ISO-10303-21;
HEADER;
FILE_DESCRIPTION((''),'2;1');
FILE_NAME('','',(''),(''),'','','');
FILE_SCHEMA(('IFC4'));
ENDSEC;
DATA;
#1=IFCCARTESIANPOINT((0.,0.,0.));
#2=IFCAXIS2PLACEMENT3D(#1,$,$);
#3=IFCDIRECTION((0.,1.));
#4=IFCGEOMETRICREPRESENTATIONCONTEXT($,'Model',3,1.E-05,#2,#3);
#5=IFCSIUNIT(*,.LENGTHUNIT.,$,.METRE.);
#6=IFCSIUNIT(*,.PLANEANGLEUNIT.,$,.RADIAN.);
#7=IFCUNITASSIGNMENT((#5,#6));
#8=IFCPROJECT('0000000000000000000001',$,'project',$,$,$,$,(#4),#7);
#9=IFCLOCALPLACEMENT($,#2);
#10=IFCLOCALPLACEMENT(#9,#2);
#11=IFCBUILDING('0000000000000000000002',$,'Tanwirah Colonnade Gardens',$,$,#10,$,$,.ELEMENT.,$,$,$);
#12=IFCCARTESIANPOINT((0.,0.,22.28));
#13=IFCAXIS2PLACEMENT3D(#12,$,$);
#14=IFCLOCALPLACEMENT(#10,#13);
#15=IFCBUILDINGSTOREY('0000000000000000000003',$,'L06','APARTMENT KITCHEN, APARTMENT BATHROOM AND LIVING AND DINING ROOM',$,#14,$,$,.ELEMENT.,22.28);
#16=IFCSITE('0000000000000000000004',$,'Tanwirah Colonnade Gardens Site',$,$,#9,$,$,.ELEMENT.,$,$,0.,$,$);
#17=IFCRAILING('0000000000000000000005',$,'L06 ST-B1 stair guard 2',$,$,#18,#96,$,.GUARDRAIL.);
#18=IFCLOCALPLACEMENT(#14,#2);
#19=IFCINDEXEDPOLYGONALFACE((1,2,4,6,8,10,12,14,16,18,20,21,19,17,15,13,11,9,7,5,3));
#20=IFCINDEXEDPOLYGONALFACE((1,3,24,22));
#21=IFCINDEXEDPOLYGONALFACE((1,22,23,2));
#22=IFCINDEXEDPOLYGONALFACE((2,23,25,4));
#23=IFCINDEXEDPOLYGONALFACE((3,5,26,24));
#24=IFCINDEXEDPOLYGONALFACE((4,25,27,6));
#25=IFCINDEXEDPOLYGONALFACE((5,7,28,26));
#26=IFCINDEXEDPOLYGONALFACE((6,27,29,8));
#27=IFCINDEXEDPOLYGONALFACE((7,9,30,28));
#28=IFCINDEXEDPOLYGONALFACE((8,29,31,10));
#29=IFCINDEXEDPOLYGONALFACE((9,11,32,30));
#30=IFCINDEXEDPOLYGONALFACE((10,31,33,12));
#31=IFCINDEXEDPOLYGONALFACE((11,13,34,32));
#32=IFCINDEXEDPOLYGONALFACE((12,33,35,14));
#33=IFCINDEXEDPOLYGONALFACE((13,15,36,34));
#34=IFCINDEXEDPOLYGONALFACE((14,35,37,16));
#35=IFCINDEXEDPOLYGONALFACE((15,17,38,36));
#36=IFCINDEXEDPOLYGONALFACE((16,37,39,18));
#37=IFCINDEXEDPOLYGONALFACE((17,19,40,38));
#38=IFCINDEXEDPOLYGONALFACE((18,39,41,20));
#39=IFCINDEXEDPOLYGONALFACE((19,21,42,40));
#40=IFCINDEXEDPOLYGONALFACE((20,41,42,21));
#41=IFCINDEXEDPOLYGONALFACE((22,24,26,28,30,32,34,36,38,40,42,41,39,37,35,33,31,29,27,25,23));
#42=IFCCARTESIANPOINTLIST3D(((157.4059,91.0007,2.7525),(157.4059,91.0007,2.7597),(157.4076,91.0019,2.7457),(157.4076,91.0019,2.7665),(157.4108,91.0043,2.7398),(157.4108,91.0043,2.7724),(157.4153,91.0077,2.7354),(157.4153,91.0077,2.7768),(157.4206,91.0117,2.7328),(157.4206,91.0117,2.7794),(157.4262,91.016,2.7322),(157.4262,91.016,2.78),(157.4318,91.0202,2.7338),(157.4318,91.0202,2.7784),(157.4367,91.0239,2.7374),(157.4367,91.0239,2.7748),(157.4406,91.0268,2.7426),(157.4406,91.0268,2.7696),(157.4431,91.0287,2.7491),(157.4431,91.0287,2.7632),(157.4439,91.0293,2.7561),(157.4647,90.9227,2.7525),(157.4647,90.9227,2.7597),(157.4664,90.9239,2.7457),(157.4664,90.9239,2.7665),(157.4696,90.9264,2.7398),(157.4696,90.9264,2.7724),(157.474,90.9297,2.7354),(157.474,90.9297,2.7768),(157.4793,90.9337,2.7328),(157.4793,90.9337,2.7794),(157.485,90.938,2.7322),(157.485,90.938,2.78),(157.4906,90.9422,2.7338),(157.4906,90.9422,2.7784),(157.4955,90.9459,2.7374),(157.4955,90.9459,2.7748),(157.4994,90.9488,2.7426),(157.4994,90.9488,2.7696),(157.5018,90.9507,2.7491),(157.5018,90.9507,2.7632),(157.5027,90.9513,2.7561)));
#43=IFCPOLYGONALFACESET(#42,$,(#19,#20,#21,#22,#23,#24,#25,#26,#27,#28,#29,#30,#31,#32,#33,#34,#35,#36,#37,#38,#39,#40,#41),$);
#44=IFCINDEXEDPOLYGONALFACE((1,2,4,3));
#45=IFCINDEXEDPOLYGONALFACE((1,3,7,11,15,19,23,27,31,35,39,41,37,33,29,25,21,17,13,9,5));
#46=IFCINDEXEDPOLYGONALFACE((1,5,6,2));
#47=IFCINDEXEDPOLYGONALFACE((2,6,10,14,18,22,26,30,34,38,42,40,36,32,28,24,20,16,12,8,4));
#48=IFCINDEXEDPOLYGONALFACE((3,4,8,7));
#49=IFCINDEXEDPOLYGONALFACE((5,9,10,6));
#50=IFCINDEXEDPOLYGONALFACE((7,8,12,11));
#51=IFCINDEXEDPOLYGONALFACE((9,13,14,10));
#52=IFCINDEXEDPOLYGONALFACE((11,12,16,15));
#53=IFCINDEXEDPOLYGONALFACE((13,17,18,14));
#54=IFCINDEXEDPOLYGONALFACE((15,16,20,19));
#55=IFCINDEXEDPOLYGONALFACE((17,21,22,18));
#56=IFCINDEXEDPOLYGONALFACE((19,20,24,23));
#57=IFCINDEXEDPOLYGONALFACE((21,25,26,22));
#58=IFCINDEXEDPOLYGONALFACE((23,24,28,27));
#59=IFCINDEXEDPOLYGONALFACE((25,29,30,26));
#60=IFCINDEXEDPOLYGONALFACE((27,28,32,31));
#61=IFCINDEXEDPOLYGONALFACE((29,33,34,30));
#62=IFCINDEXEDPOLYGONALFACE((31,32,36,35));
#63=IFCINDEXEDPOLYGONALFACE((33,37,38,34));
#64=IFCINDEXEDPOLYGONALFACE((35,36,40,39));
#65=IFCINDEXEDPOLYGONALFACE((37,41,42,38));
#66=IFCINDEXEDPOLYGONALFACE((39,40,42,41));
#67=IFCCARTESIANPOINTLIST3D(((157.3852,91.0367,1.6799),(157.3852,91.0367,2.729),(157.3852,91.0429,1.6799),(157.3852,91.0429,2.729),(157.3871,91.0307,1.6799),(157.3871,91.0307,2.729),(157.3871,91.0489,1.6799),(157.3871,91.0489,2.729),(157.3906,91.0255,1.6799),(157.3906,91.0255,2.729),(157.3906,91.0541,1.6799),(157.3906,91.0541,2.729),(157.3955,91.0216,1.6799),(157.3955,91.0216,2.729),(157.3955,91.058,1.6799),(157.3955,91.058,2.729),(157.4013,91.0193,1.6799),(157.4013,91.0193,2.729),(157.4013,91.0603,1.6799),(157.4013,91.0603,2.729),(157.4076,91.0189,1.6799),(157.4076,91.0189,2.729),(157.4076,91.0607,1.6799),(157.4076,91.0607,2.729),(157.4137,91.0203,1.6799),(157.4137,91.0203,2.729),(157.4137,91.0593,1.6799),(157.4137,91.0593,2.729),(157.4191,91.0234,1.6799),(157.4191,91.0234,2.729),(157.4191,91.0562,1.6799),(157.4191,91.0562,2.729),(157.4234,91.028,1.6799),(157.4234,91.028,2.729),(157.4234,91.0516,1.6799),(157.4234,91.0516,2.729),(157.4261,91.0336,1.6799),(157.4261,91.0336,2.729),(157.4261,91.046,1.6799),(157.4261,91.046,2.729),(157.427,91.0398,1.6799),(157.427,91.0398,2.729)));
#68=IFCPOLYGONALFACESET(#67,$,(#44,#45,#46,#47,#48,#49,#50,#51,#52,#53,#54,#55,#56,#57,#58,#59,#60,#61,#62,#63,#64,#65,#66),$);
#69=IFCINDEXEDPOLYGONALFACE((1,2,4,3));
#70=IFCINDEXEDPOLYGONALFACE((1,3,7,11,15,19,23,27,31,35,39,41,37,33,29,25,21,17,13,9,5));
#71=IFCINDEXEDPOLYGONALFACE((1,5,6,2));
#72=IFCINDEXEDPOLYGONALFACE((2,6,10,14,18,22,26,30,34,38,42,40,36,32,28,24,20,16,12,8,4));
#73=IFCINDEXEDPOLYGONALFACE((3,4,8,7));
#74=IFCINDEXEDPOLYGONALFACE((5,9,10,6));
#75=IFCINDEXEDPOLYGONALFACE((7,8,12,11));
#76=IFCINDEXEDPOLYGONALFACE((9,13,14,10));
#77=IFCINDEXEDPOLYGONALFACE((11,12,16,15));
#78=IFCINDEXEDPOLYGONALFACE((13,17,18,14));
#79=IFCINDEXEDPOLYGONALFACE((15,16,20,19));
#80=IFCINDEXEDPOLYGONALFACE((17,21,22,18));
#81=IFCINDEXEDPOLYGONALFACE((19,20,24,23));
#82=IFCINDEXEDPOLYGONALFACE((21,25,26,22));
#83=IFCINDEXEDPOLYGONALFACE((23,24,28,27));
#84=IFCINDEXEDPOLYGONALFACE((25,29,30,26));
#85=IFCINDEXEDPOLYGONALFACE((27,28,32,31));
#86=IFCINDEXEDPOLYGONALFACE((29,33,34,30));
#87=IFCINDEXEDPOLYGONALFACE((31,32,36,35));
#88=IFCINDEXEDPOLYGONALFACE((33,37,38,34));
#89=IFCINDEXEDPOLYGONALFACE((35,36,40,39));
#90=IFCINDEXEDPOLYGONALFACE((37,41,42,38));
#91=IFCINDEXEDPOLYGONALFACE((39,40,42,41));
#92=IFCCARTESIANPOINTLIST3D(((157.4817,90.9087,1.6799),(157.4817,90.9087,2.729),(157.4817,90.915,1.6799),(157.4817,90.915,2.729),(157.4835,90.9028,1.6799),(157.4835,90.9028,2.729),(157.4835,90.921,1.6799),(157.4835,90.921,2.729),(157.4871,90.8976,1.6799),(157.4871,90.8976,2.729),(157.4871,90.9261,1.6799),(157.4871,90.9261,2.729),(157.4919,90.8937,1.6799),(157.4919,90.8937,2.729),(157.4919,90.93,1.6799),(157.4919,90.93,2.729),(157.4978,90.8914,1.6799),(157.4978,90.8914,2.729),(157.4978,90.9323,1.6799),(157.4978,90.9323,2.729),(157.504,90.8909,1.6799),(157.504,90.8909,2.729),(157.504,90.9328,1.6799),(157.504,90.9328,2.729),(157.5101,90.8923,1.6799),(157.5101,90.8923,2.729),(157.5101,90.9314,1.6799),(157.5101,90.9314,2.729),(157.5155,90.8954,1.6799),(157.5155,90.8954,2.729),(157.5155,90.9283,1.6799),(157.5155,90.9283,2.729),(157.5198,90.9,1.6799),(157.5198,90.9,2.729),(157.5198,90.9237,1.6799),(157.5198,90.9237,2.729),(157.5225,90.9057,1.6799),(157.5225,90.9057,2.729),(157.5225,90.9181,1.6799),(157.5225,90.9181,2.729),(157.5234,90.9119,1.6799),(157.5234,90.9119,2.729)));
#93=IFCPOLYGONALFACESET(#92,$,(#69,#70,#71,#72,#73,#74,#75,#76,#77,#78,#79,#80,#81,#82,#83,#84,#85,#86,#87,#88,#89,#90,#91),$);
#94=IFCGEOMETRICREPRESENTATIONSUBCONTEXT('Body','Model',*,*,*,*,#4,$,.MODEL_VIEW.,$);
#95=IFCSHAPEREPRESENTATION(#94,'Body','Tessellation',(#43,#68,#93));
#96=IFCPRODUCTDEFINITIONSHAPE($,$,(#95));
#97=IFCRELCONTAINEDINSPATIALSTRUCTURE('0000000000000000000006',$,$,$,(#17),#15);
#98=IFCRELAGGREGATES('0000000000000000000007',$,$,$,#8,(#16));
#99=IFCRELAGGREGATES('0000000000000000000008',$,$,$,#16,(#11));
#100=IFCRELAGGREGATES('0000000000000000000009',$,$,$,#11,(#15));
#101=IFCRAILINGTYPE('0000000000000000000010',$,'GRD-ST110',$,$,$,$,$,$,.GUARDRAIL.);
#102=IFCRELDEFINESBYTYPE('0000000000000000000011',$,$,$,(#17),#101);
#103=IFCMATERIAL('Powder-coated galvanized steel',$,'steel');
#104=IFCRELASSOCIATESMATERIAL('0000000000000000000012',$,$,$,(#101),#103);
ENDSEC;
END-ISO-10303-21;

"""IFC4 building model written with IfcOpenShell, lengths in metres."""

from ifc_helpers import new_model, si_unit, direction, frame, origin, origin_2d, place, context, subcontext, project, spatial, circle, extrude, material, type_object, element, save


model = new_model("IFC4")

# Units and contexts
model_context = context("Model", 3, precision=1e-05, world=origin(), true_north=direction((0.0, 1.0)))
body_context = subcontext(model_context, "Body", "Model", "MODEL_VIEW")
ifc_project = project(units=[si_unit("LENGTHUNIT", "METRE"), si_unit("PLANEANGLEUNIT", "RADIAN")], contexts=[model_context])

# Site, building, storey
site_placement = place(None, origin())
site = spatial("IfcSite", under=ifc_project, at=site_placement, Name="Tanwirah Colonnade Gardens Site", CompositionType="ELEMENT", RefElevation=0.0)
building_placement = place(site_placement, origin())
building = spatial("IfcBuilding", under=site, at=building_placement, Name="Tanwirah Colonnade Gardens", CompositionType="ELEMENT")
storey_placement = place(building_placement, frame((0.0, 0.0, 22.28)))
storey = spatial("IfcBuildingStorey", under=building, at=storey_placement, Name="L06", Description="APARTMENT KITCHEN, APARTMENT BATHROOM AND LIVING AND DINING ROOM", CompositionType="ELEMENT", Elevation=22.28)

# Railing
ifc_material_1 = material(Name="Powder-coated galvanized steel", Category="steel")
railing_type_1 = type_object("IfcRailingType", Name="GRD-ST110", PredefinedType="GUARDRAIL", material=ifc_material_1)
railing_1_placement = place(storey_placement, frame((157.406, 91.0398, 1.6799)))
element("IfcRailing", 1, at=railing_1_placement, inside=storey, type_object=railing_type_1, Name="L06 ST-B1 stair guard 2", PredefinedType="GUARDRAIL", context=body_context, shape_type="SweptSolid", body=[
    extrude(circle(Radius=0.0239, at=origin_2d()), frame((0.0188, -0.0249, 1.0762), z_axis=(0.601949, -0.798535, 0.0), x_axis=(0.798535, 0.601949, 0.0)), (0.0, 0.0, 1.0), 0.0977),
    extrude(circle(Radius=0.021, at=origin_2d()), origin(), (0.0, 0.0, 1.0), 1.0491),
    extrude(circle(Radius=0.021, at=origin_2d()), frame((0.0964, -0.1279, 0.0)), (0.0, 0.0, 1.0), 1.0491),
])

save(model, "model.ifc")
